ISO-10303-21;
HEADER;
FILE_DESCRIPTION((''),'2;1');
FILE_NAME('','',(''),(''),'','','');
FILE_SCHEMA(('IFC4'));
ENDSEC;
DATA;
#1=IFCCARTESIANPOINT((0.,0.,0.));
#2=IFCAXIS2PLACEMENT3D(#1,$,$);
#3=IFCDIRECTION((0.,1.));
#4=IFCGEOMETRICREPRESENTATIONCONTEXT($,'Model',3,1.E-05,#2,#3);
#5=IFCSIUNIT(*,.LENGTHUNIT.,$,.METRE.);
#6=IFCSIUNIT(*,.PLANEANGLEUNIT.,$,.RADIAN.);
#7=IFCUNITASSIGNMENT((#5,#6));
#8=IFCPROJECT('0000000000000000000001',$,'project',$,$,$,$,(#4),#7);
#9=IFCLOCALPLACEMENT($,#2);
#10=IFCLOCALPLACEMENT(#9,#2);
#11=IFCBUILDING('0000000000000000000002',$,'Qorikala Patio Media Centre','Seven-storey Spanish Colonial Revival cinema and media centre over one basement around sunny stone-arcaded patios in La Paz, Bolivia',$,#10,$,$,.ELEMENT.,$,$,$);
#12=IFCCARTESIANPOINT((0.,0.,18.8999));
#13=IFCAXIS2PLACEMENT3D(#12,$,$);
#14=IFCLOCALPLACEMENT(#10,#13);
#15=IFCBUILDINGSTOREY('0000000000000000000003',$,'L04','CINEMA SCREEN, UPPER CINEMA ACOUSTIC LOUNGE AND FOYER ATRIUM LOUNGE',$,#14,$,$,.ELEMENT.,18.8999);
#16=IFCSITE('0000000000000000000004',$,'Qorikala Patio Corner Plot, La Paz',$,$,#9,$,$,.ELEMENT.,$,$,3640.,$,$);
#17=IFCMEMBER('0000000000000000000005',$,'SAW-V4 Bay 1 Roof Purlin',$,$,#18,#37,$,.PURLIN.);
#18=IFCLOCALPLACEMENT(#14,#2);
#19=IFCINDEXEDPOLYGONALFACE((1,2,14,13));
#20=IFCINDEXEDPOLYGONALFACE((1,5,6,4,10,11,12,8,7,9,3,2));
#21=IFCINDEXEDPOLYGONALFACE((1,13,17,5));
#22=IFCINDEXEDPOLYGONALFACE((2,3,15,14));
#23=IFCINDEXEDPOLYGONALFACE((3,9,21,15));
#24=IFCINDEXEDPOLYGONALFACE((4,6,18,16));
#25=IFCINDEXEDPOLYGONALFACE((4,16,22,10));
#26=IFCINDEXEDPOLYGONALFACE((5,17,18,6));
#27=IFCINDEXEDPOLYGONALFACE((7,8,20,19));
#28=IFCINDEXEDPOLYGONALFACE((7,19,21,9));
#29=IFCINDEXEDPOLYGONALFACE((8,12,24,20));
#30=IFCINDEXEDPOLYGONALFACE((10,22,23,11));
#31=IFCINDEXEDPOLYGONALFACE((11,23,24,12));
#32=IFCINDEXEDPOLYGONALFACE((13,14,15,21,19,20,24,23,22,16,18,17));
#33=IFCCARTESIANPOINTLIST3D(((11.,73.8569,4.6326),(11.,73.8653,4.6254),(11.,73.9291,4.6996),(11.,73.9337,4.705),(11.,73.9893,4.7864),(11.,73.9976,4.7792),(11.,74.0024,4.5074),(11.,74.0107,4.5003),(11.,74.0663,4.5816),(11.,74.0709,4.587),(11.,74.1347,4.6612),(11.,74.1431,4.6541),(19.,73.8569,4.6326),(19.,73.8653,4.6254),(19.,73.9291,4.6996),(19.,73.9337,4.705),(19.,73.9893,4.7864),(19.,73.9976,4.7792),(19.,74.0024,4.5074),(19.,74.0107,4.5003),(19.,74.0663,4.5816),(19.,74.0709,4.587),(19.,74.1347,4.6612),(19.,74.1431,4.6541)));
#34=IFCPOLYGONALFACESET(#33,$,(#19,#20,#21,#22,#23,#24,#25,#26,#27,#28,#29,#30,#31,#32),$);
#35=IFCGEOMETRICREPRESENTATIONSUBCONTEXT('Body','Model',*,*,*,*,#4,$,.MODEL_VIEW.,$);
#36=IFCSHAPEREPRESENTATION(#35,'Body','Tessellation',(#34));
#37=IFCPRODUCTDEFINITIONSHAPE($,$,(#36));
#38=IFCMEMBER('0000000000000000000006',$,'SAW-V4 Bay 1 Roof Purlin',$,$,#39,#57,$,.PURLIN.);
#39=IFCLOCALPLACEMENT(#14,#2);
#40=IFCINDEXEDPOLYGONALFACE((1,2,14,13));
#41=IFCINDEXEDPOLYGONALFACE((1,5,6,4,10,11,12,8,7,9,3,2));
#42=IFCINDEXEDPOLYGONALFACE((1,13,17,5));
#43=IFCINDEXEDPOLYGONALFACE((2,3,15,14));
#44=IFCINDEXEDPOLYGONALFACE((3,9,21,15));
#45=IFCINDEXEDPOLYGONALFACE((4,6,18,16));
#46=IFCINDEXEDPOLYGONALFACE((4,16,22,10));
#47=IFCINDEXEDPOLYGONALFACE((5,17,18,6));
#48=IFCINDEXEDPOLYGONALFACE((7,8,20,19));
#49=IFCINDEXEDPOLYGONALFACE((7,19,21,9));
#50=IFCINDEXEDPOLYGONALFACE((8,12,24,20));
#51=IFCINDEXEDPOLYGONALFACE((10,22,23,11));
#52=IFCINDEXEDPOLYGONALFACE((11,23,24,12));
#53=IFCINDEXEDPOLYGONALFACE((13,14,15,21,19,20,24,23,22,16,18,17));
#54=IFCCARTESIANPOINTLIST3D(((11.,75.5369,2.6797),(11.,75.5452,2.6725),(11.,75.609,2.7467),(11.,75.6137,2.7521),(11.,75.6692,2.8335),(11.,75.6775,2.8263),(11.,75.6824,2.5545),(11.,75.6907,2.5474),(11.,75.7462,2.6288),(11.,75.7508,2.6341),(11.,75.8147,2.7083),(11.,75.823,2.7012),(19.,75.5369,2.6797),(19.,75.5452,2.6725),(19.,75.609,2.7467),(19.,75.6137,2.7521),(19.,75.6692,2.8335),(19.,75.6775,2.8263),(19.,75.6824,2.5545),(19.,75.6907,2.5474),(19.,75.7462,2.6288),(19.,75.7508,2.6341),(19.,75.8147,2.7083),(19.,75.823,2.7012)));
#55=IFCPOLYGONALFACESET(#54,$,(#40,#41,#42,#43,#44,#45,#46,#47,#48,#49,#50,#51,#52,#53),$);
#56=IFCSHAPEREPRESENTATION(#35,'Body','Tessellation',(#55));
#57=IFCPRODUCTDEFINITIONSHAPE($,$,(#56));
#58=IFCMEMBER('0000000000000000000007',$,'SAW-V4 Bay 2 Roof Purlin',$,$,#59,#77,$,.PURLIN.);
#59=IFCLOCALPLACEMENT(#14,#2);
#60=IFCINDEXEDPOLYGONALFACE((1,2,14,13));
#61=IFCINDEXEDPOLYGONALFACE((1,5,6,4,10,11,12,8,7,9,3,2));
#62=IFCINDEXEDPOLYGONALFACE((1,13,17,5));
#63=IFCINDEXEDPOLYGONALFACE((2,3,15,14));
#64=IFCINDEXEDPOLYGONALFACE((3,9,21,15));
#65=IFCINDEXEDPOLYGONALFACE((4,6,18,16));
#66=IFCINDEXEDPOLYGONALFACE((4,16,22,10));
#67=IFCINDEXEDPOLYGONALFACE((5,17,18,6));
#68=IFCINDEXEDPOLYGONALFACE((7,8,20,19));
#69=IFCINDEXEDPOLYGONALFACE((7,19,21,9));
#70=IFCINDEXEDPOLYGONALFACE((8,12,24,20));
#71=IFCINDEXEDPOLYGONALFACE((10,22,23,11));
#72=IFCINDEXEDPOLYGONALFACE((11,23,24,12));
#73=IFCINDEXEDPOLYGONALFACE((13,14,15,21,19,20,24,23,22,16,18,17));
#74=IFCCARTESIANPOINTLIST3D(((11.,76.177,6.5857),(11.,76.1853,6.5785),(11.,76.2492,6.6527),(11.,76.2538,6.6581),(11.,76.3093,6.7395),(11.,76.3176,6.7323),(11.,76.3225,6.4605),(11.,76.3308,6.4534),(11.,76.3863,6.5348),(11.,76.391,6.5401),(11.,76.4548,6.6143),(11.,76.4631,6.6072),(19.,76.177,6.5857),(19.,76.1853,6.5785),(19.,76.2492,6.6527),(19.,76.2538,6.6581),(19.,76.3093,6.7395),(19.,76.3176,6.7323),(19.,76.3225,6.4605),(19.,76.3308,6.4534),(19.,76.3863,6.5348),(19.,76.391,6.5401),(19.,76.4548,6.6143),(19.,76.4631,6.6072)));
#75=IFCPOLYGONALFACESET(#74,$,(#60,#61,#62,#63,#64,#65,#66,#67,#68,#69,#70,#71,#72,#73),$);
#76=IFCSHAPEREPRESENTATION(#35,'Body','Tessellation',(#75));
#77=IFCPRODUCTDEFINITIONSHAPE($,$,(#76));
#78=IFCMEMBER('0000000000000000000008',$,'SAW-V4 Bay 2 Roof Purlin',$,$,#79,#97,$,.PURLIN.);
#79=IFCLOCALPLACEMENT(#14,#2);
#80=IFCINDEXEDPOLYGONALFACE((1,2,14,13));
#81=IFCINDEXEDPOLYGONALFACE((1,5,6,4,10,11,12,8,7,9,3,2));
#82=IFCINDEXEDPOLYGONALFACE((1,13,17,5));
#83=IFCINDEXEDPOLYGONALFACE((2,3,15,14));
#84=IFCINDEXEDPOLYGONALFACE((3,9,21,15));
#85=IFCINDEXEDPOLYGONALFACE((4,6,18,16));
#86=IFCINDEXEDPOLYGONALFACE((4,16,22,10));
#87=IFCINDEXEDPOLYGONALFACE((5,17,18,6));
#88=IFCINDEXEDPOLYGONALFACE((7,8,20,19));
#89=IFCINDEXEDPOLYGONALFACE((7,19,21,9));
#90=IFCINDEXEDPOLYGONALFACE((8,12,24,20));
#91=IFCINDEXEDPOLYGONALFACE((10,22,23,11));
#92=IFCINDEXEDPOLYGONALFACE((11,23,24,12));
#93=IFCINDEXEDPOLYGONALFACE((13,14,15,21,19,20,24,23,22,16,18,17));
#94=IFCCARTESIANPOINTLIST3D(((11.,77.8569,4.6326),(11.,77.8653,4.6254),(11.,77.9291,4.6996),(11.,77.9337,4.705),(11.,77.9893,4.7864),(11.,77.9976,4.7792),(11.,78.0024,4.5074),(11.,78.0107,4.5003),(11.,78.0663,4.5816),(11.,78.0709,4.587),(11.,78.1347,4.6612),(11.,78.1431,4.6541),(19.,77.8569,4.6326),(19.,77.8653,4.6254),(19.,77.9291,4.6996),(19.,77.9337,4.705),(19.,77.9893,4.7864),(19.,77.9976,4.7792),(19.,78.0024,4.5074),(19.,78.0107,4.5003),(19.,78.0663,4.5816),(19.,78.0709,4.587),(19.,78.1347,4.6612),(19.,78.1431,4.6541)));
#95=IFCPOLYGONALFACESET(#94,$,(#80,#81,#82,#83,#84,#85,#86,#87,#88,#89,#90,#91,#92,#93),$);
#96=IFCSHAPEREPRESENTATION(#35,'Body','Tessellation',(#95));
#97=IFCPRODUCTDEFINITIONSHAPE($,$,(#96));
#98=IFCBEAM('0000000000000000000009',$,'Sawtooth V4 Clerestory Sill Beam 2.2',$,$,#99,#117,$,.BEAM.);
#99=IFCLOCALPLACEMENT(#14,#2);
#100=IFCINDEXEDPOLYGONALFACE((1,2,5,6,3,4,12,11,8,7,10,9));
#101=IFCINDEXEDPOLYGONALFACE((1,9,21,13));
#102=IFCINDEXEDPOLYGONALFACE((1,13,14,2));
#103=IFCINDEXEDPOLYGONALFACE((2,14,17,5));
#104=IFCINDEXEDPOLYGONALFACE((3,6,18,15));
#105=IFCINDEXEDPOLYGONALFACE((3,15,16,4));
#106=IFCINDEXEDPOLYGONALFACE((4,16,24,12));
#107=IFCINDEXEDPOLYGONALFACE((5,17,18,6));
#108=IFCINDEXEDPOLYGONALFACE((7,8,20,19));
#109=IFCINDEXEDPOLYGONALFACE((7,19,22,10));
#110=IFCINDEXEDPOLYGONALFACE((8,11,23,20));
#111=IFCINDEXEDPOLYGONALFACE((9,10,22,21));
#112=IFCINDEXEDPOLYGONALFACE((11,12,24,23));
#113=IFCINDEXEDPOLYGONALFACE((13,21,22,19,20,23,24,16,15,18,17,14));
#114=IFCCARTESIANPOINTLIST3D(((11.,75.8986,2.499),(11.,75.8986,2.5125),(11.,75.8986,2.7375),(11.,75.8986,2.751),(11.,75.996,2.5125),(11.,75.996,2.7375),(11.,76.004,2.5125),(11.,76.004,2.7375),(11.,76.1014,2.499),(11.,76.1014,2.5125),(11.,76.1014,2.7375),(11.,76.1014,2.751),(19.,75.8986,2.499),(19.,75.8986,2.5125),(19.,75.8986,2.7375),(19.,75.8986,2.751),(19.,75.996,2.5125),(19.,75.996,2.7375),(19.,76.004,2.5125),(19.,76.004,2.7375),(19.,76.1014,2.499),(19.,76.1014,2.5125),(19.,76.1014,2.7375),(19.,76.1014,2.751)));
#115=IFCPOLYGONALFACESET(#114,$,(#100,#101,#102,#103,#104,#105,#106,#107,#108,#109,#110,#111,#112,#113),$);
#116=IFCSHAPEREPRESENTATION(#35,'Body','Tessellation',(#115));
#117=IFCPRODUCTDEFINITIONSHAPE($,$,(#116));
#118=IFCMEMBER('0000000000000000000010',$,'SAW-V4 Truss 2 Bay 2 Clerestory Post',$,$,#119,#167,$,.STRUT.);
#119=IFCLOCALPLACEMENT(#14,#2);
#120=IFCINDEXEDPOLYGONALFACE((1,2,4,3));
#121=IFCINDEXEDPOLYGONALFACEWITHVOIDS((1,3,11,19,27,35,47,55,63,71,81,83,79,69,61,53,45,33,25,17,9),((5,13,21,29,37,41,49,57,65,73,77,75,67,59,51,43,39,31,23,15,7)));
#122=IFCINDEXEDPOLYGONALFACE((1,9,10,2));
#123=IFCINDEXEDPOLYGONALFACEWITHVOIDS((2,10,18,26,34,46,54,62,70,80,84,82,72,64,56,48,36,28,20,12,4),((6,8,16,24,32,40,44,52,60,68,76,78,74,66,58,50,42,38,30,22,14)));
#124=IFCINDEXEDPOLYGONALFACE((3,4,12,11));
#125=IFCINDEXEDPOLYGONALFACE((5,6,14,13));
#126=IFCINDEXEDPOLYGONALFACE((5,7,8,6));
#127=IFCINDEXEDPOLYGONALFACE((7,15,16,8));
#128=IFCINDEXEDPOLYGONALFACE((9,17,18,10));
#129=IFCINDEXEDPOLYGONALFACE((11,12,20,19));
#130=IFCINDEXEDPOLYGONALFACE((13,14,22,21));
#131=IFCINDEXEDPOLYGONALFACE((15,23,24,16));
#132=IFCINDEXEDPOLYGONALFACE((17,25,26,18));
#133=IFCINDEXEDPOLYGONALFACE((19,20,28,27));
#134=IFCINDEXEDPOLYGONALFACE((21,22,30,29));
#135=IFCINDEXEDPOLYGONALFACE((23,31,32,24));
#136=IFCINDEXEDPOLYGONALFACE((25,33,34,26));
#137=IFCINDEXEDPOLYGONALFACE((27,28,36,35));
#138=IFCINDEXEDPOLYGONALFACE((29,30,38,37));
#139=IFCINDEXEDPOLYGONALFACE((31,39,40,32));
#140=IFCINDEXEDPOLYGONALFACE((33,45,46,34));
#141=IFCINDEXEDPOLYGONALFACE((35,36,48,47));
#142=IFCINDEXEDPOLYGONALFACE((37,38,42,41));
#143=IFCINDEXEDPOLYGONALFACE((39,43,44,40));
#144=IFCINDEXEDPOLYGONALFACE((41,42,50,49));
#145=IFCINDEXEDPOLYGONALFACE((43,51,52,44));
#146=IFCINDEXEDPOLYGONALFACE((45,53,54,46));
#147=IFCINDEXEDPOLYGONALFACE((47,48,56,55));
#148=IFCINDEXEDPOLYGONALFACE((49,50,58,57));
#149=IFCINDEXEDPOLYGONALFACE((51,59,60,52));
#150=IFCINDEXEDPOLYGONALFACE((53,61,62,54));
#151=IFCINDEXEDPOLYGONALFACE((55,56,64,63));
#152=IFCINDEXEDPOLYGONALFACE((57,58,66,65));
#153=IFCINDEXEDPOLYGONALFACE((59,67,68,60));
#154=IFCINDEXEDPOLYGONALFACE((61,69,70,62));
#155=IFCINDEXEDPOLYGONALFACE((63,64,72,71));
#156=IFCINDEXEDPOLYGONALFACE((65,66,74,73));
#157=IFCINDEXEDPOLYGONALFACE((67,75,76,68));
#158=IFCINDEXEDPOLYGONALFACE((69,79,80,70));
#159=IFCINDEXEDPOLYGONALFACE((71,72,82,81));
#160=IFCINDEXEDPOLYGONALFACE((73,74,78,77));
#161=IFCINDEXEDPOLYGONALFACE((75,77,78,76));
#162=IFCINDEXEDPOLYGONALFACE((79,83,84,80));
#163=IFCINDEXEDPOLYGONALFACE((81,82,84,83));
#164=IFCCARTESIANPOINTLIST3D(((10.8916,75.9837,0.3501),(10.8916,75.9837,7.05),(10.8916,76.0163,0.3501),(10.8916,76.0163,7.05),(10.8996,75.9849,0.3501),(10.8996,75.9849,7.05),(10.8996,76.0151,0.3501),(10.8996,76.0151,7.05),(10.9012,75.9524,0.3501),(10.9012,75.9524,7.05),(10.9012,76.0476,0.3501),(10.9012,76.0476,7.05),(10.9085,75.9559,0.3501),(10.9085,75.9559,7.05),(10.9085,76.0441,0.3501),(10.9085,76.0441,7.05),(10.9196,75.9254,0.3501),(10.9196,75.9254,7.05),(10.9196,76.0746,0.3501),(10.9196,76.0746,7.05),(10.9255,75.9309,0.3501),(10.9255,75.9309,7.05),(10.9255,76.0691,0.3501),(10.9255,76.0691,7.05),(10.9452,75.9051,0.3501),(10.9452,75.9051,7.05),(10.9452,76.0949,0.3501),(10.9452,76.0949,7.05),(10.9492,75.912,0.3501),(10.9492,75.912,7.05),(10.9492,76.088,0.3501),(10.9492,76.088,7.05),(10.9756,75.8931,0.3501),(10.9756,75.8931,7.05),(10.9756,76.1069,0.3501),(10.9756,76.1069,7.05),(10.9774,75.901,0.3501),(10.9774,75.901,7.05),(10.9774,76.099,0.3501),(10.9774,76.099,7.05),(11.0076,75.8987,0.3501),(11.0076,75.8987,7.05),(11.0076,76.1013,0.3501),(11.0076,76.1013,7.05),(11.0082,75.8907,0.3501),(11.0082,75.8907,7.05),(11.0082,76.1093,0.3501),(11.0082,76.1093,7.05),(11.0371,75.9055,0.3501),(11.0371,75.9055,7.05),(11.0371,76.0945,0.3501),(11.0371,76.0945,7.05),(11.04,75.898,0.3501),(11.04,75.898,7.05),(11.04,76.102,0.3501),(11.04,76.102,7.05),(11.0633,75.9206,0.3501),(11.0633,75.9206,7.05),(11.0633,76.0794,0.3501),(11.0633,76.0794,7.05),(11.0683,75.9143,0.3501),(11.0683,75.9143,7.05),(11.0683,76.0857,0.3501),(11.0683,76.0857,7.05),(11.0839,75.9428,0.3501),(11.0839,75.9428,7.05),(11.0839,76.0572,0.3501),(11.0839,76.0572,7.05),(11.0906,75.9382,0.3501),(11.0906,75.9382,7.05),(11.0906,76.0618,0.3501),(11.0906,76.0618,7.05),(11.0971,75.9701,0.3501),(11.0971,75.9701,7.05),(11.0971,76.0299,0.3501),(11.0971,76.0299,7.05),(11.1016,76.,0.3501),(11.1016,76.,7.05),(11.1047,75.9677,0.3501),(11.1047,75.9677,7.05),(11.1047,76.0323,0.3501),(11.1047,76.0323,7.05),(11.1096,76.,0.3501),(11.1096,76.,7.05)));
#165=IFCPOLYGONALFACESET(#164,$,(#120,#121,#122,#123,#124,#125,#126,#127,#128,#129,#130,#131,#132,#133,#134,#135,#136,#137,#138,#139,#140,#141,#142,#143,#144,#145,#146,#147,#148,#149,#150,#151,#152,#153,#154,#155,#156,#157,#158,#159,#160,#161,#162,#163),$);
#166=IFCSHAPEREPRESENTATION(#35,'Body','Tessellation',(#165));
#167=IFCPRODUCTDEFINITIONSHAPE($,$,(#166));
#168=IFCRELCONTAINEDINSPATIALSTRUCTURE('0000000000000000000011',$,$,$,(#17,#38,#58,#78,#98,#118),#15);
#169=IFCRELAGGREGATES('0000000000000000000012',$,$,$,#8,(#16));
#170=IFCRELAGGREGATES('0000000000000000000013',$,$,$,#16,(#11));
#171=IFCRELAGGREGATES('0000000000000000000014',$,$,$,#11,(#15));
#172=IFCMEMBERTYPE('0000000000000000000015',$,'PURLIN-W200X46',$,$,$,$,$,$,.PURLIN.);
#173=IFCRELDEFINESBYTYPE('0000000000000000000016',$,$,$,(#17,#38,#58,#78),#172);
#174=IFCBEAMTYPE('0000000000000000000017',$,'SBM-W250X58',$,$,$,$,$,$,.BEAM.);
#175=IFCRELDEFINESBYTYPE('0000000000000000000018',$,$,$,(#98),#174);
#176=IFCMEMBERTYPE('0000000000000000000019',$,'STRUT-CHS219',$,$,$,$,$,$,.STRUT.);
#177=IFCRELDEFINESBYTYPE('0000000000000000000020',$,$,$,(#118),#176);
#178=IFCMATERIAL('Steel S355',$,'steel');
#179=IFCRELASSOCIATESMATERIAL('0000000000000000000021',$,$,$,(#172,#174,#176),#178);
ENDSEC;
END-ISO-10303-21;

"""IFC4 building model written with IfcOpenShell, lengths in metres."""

from ifc_helpers import new_model, si_unit, direction, frame, origin, origin_2d, place, context, subcontext, project, spatial, hollow_circle, i_section, extrude, material, material_profile, profile_set, type_object, element, save


model = new_model("IFC4")

# Units and contexts
model_context = context("Model", 3, precision=1e-05, world=origin(), true_north=direction((0.0, 1.0)))
body_context = subcontext(model_context, "Body", "Model", "MODEL_VIEW")
ifc_project = project(units=[si_unit("LENGTHUNIT", "METRE"), si_unit("PLANEANGLEUNIT", "RADIAN")], contexts=[model_context])

# Site, building, storey
site_placement = place(None, origin())
site = spatial("IfcSite", under=ifc_project, at=site_placement, Name="Qorikala Patio Corner Plot, La Paz", CompositionType="ELEMENT", RefElevation=3640.0)
building_placement = place(site_placement, origin())
building = spatial("IfcBuilding", under=site, at=building_placement, Name="Qorikala Patio Media Centre", Description="Seven-storey Spanish Colonial Revival cinema and media centre over one basement around sunny stone-arcaded patios in La Paz, Bolivia", CompositionType="ELEMENT")
storey_placement = place(building_placement, frame((0.0, 0.0, 18.8999)))
storey = spatial("IfcBuildingStorey", under=building, at=storey_placement, Name="L04", Description="CINEMA SCREEN, UPPER CINEMA ACOUSTIC LOUNGE AND FOYER ATRIUM LOUNGE", CompositionType="ELEMENT", Elevation=18.8999)

# Shared definitions
ifc_material_1 = material(Name="Steel S355", Category="steel")

# Members
ifc_material_profile_1 = material_profile(ifc_material_1, i_section(OverallWidth=0.2029, OverallDepth=0.2029, WebThickness=0.0071, FlangeThickness=0.011, at=origin_2d()), Name="W200X46")
ifc_profile_set_1 = profile_set([ifc_material_profile_1], Name="Steel S355")
member_type_1 = type_object("IfcMemberType", Name="PURLIN-W200X46", PredefinedType="PURLIN", material=ifc_profile_set_1)
for number, where, z_axis, x_axis, name in (
    (1, (11.0, 74.0, 4.6433), (1.0, 0.0, 0.0), (0.0, 0.652138, 0.7581), "SAW-V4 Bay 1 Roof Purlin"),
    (2, (11.0, 75.6799, 2.6904), (1.0, 0.0, 0.0), (0.0, 0.652138, 0.7581), "SAW-V4 Bay 1 Roof Purlin"),
    (3, (11.0, 76.3201, 6.5964), (1.0, 0.0, 0.0), (0.0, 0.652138, 0.7581), "SAW-V4 Bay 2 Roof Purlin"),
    (4, (11.0, 78.0, 4.6433), (1.0, 0.0, 0.0), (0.0, 0.652138, 0.7581), "SAW-V4 Bay 2 Roof Purlin"),
):
    element("IfcMember", number, at=place(storey_placement, frame(where, z_axis=z_axis, x_axis=x_axis)), inside=storey, type_object=member_type_1, Name=name, PredefinedType="PURLIN", context=body_context, shape_type="SweptSolid", body=[
        extrude(i_section(OverallWidth=0.2029, OverallDepth=0.2029, WebThickness=0.0071, FlangeThickness=0.011, at=origin_2d()), origin(), (0.0, 0.0, 1.0), 8.0),
    ])

# Beam
ifc_material_profile_2 = material_profile(ifc_material_1, i_section(OverallWidth=0.2029, OverallDepth=0.252, WebThickness=0.0081, FlangeThickness=0.0134, at=origin_2d()), Name="W250X58")
ifc_profile_set_2 = profile_set([ifc_material_profile_2], Name="Steel S355")
beam_type = type_object("IfcBeamType", Name="SBM-W250X58", PredefinedType="BEAM", material=ifc_profile_set_2)
beam_placement = place(storey_placement, frame((11.0, 76.0, 2.625), z_axis=(1.0, 0.0, 0.0), x_axis=(0.0, 1.0, 0.0)))
element("IfcBeam", 5, at=beam_placement, inside=storey, type_object=beam_type, Name="Sawtooth V4 Clerestory Sill Beam 2.2", PredefinedType="BEAM", context=body_context, shape_type="SweptSolid", body=[
    extrude(i_section(OverallWidth=0.2029, OverallDepth=0.252, WebThickness=0.0081, FlangeThickness=0.0134, at=origin_2d()), origin(), (0.0, 0.0, 1.0), 8.0),
])

# Member
ifc_material_profile_3 = material_profile(ifc_material_1, hollow_circle(Radius=0.1096, WallThickness=0.0081, at=origin_2d()), Name="CHS219X8")
ifc_profile_set_3 = profile_set([ifc_material_profile_3], Name="Steel S355")
member_type_2 = type_object("IfcMemberType", Name="STRUT-CHS219", PredefinedType="STRUT", material=ifc_profile_set_3)
member_1_placement = place(storey_placement, frame((11.0, 76.0, 0.3501), z_axis=(0.0, 0.0, 1.0), x_axis=(1.0, 0.0, 0.0)))
element("IfcMember", 6, at=member_1_placement, inside=storey, type_object=member_type_2, Name="SAW-V4 Truss 2 Bay 2 Clerestory Post", PredefinedType="STRUT", context=body_context, shape_type="SweptSolid", body=[
    extrude(hollow_circle(Radius=0.1096, WallThickness=0.0081, at=origin_2d()), origin(), (0.0, 0.0, 1.0), 6.7),
])

save(model, "model.ifc")
